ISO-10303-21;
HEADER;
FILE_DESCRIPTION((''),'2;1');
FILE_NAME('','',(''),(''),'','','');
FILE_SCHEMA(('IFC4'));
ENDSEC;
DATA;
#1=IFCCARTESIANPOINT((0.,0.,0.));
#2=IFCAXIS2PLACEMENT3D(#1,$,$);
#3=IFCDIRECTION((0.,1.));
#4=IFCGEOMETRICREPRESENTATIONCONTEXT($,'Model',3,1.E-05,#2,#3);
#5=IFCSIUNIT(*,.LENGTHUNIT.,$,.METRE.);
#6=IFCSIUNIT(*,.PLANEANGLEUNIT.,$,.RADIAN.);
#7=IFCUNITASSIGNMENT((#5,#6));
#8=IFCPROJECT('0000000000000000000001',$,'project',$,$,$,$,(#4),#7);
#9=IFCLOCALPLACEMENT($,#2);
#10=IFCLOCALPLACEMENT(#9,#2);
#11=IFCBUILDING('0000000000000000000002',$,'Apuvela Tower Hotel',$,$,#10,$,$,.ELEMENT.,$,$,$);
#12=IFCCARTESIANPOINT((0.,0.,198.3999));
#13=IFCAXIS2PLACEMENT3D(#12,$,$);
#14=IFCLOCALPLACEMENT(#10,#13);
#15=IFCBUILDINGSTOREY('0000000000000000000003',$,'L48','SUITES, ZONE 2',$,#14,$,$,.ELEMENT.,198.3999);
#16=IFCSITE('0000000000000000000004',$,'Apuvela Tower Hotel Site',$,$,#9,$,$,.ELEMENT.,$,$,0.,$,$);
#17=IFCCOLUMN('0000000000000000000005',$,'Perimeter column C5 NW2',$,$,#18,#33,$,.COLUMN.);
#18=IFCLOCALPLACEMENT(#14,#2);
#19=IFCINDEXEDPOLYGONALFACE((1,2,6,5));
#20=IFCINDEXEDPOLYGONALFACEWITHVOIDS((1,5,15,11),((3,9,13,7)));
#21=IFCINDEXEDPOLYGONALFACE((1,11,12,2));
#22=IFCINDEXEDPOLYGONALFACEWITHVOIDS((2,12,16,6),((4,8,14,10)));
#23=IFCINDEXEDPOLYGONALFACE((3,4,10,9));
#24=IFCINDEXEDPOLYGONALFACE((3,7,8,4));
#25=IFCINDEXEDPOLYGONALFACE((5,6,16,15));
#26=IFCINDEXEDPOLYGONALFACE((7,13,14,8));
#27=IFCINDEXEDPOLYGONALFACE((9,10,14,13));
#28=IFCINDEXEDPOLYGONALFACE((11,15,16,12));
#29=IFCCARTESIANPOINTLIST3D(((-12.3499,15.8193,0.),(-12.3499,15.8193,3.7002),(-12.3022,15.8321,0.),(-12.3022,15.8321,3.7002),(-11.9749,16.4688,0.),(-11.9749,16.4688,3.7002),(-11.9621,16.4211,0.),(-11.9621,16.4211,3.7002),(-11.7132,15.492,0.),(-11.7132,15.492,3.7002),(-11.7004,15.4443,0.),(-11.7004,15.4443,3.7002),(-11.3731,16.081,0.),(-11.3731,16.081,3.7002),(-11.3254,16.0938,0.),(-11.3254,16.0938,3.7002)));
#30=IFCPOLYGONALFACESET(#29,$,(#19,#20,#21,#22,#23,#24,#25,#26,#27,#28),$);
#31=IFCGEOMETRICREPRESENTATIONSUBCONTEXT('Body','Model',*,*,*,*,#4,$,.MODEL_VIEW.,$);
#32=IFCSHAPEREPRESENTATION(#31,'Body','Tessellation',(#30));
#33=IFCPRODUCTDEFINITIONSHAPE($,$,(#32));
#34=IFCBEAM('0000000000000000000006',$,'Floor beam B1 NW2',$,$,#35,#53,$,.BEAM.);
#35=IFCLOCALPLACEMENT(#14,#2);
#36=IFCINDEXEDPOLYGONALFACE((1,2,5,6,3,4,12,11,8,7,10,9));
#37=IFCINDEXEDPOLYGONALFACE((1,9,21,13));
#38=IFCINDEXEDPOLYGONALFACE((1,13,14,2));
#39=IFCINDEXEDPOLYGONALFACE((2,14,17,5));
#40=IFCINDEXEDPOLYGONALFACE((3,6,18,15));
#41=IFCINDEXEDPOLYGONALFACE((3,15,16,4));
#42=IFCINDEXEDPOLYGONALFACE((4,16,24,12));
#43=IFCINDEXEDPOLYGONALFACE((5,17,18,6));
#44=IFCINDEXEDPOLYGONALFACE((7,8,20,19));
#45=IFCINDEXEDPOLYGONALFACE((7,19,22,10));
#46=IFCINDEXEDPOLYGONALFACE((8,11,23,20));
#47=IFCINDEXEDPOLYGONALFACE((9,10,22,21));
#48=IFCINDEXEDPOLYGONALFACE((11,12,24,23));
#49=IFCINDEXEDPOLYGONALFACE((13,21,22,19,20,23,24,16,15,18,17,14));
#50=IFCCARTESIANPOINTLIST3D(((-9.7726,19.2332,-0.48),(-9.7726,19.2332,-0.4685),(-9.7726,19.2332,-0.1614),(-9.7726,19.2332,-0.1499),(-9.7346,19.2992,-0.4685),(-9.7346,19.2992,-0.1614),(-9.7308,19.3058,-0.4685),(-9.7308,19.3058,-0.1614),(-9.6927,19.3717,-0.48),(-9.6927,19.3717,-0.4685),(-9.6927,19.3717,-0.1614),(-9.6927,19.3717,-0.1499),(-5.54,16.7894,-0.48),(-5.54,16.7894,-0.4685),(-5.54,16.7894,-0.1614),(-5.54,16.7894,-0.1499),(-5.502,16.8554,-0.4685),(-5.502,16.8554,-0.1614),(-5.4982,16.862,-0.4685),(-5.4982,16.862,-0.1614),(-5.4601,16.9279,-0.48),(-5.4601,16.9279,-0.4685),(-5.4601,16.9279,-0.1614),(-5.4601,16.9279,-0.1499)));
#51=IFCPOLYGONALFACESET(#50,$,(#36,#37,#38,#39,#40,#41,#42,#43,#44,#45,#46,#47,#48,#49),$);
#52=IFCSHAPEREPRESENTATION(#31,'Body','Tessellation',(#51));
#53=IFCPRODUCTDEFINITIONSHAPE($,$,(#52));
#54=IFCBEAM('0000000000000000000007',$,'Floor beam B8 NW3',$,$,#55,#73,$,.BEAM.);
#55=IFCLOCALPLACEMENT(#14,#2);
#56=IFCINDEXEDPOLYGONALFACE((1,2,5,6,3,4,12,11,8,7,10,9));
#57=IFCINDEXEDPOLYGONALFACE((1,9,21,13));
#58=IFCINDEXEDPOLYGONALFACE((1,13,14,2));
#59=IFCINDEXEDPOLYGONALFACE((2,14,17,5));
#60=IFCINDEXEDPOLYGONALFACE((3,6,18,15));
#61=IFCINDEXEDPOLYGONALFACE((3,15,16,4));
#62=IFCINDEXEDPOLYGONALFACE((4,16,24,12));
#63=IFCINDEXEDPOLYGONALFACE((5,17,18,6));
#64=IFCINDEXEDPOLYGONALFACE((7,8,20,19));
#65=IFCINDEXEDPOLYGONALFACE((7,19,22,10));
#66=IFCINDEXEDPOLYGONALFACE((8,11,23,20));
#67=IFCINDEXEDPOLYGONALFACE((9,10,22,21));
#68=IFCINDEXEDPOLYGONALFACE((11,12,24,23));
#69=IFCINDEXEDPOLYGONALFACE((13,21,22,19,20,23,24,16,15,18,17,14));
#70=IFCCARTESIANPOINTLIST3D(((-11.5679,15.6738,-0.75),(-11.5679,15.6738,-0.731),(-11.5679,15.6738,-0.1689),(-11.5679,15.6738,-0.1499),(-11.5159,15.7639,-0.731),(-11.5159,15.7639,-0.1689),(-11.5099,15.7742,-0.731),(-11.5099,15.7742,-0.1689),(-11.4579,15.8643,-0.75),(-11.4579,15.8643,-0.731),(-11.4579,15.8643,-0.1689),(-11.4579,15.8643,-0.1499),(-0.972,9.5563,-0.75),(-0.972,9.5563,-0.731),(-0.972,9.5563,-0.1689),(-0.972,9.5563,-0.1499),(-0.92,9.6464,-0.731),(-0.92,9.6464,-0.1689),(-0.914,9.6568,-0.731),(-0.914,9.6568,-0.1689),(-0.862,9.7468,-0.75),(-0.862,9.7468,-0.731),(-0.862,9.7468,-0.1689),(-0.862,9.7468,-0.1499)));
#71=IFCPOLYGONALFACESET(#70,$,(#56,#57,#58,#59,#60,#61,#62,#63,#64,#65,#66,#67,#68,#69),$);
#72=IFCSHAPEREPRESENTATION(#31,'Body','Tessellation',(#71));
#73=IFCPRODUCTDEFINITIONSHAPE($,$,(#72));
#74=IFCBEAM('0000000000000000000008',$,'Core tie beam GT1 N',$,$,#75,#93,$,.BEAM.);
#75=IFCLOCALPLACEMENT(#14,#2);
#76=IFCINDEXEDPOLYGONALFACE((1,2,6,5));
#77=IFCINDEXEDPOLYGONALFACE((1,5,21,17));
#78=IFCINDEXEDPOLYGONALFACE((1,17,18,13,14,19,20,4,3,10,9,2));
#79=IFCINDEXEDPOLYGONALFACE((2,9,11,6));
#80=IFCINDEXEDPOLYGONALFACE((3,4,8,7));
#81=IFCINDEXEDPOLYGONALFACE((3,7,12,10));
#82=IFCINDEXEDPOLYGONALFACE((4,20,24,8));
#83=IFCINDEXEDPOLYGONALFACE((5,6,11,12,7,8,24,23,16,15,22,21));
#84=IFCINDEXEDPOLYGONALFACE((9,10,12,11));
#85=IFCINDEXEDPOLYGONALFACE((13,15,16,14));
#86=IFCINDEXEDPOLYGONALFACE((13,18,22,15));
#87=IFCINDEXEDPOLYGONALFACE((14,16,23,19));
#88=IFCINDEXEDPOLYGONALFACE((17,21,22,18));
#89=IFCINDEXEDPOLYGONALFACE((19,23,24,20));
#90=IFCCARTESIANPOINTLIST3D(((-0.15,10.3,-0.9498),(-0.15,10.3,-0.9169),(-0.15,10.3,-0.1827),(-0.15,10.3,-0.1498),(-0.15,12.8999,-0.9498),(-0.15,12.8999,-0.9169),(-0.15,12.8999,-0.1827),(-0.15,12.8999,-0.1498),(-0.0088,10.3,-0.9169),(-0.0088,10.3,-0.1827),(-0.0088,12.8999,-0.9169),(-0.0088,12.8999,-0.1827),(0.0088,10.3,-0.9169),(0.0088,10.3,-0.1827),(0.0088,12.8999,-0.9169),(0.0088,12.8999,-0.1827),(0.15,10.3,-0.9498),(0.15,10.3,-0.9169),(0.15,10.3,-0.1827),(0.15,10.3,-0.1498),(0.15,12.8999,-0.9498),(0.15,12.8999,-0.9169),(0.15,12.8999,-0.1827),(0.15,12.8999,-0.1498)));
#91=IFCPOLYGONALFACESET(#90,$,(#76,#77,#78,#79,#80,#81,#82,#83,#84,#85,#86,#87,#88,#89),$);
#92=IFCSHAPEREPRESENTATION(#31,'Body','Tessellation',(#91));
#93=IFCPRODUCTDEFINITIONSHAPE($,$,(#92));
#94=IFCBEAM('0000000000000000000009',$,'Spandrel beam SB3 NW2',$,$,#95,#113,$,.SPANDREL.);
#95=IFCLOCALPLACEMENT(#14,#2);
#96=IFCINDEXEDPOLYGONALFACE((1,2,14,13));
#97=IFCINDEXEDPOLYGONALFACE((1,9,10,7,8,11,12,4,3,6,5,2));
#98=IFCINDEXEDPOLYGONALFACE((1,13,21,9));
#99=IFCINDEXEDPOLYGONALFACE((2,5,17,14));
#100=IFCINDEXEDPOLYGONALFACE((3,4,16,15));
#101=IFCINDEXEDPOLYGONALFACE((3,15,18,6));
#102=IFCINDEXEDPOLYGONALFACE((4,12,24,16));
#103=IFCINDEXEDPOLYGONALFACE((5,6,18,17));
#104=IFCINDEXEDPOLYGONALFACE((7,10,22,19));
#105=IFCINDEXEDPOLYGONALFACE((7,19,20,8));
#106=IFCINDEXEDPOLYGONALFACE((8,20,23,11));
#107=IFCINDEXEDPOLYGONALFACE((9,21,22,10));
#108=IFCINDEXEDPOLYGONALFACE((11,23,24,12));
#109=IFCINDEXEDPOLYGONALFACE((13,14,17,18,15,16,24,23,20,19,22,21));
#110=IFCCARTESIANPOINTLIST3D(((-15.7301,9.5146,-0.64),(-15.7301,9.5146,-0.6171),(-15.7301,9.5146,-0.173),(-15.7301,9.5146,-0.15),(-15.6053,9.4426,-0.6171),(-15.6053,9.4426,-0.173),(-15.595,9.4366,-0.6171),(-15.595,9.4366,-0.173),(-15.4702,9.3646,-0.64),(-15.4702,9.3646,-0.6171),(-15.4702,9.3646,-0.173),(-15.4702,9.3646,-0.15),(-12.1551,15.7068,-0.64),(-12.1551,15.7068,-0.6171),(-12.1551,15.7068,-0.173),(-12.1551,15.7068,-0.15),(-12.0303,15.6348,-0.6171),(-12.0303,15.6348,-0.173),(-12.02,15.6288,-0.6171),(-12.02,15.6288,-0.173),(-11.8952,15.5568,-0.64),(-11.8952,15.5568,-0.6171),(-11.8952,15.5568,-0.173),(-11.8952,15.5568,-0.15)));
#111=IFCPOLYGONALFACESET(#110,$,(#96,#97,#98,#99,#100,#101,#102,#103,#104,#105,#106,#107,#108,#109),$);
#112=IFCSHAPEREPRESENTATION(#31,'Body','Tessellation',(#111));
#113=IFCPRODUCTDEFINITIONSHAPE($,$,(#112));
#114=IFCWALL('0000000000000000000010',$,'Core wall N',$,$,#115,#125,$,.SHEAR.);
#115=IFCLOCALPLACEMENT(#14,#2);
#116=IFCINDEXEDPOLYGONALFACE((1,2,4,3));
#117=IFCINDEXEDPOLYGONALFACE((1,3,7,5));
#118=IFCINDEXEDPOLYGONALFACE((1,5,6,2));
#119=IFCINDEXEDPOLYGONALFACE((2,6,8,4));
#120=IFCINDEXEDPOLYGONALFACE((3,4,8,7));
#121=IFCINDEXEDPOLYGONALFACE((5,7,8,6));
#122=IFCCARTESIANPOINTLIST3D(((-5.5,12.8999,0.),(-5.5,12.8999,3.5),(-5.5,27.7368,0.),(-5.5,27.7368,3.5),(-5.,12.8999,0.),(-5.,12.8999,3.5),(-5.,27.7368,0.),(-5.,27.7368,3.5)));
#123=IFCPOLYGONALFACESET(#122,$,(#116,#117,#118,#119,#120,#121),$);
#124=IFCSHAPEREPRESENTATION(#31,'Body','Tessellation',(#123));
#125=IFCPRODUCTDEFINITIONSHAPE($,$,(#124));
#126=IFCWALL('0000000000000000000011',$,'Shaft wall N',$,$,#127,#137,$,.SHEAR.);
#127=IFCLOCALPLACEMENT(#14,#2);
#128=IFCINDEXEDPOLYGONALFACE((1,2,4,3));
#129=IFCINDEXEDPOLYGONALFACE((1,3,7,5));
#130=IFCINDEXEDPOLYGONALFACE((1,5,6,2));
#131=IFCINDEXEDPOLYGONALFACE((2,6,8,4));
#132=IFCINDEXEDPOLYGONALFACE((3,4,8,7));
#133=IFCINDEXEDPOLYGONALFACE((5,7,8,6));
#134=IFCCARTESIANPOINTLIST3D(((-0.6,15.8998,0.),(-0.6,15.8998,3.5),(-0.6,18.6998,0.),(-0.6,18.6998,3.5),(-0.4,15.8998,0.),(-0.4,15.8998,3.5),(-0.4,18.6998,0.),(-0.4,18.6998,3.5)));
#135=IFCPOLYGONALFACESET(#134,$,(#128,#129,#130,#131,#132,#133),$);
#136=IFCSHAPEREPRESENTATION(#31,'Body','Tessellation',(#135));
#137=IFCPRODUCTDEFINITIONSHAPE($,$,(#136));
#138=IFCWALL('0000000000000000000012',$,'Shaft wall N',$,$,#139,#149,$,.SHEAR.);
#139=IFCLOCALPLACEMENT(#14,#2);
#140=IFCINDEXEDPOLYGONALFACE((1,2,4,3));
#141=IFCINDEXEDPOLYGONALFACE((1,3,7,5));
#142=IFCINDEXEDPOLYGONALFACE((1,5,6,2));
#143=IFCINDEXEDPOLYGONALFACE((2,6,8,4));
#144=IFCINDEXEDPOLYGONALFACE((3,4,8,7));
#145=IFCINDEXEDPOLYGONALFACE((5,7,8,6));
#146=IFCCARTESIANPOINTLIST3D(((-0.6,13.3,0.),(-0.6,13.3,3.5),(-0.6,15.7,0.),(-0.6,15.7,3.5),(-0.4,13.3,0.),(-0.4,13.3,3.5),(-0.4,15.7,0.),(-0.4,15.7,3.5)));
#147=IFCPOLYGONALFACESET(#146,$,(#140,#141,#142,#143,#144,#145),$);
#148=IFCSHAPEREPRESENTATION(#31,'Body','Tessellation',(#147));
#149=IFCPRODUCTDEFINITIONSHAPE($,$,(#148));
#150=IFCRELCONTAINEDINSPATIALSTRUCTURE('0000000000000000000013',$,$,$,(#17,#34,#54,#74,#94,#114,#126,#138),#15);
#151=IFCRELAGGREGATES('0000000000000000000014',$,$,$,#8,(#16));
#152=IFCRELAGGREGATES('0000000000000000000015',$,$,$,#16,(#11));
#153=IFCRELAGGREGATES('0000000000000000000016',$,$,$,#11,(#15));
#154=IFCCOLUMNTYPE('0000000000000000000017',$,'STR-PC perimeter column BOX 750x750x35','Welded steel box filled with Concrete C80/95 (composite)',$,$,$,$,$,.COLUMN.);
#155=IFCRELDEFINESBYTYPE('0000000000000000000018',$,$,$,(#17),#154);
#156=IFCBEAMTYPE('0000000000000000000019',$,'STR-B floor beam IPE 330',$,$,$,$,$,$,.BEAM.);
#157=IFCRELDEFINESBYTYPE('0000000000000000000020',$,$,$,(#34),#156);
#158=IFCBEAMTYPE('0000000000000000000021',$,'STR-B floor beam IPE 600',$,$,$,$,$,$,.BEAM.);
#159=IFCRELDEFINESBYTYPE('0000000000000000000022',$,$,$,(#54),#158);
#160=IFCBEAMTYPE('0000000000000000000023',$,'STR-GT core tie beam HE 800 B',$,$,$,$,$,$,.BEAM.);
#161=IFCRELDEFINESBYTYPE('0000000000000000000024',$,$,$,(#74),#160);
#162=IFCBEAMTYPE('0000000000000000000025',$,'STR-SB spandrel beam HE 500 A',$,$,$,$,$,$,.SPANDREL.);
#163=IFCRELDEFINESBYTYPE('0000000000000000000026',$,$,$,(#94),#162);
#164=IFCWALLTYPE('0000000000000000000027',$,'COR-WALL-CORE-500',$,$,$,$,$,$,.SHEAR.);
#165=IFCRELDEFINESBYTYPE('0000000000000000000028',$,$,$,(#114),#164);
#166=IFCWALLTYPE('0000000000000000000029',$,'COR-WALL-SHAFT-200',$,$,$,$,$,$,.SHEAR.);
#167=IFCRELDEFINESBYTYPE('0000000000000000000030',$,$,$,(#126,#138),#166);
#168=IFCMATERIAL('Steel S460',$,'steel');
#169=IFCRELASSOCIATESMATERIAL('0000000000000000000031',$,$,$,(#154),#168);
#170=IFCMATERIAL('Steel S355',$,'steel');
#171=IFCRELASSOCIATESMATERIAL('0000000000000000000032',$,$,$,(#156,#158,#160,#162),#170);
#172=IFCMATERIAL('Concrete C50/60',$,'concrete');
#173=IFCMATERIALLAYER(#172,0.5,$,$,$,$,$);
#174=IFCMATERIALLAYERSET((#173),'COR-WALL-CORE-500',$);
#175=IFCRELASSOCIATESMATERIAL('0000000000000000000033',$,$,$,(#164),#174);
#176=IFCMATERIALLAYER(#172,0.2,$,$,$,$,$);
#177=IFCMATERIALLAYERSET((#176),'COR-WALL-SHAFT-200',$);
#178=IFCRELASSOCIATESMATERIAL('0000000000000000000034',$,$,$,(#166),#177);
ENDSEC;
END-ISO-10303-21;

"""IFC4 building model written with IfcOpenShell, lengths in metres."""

from ifc_helpers import new_model, si_unit, direction, frame, frame_2d, origin, origin_2d, place, context, subcontext, project, spatial, rectangle, hollow_rectangle, i_section, extrude, material, layer, layer_set, material_profile, profile_set, type_object, element, save


model = new_model("IFC4")

# Units and contexts
model_context = context("Model", 3, precision=1e-05, world=origin(), true_north=direction((0.0, 1.0)))
body_context = subcontext(model_context, "Body", "Model", "MODEL_VIEW")
ifc_project = project(units=[si_unit("LENGTHUNIT", "METRE"), si_unit("PLANEANGLEUNIT", "RADIAN")], contexts=[model_context])

# Site, building, storey
site_placement = place(None, origin())
site = spatial("IfcSite", under=ifc_project, at=site_placement, Name="Apuvela Tower Hotel Site", CompositionType="ELEMENT", RefElevation=0.0)
building_placement = place(site_placement, origin())
building = spatial("IfcBuilding", under=site, at=building_placement, Name="Apuvela Tower Hotel", CompositionType="ELEMENT")
storey_placement = place(building_placement, frame((0.0, 0.0, 198.3999)))
storey = spatial("IfcBuildingStorey", under=building, at=storey_placement, Name="L48", Description="SUITES, ZONE 2", CompositionType="ELEMENT", Elevation=198.3999)

# Column
ifc_material_1 = material(Name="Steel S460", Category="steel")
ifc_material_profile_1 = material_profile(ifc_material_1, hollow_rectangle(XDim=0.75, YDim=0.75, WallThickness=0.0349, at=origin_2d()), Name="BOX 750x750x35")
ifc_material_2 = material(Name="Concrete C80/95", Category="concrete")
ifc_material_profile_2 = material_profile(ifc_material_2, rectangle(XDim=0.6799, YDim=0.6799, at=origin_2d()), Name="Concrete C80/95 infill")
ifc_profile_set_1 = profile_set([ifc_material_profile_1, ifc_material_profile_2], Name="Steel S460")
column_type = type_object("IfcColumnType", Name="STR-PC perimeter column BOX 750x750x35", Description="Welded steel box filled with Concrete C80/95 (composite)", PredefinedType="COLUMN", material=ifc_profile_set_1)
column_placement = place(storey_placement, frame((-11.8376, 15.9565, 0.0), z_axis=(0.0, 0.0, 1.0), x_axis=(0.5, 0.866025, 0.0)))
element("IfcColumn", 1, at=column_placement, inside=storey, type_object=column_type, Name="Perimeter column C5 NW2", PredefinedType="COLUMN", context=body_context, shape_type="SweptSolid", body=[
    extrude(hollow_rectangle(XDim=0.75, YDim=0.75, WallThickness=0.0349, at=origin_2d()), origin(), (0.0, 0.0, 1.0), 3.7002),
])

# Beams
ifc_material_3 = material(Name="Steel S355", Category="steel")
ifc_material_profile_3 = material_profile(ifc_material_3, i_section(OverallWidth=0.1599, OverallDepth=0.3301, WebThickness=0.0076, FlangeThickness=0.0115, at=origin_2d()), Name="IPE 330")
ifc_profile_set_2 = profile_set([ifc_material_profile_3], Name="Steel S355")
beam_type_1 = type_object("IfcBeamType", Name="STR-B floor beam IPE 330", PredefinedType="BEAM", material=ifc_profile_set_2)
beam_1_placement = place(storey_placement, frame((-9.7327, 19.3025, -0.3149), z_axis=(0.866015, -0.500018, 0.0), x_axis=(0.500018, 0.866015, 0.0)))
element("IfcBeam", 2, at=beam_1_placement, inside=storey, type_object=beam_type_1, Name="Floor beam B1 NW2", PredefinedType="BEAM", context=body_context, shape_type="SweptSolid", body=[
    extrude(i_section(OverallWidth=0.1599, OverallDepth=0.3301, WebThickness=0.0076, FlangeThickness=0.0115, at=origin_2d()), origin(), (0.0, 0.0, 1.0), 4.8875),
])
ifc_material_profile_4 = material_profile(ifc_material_3, i_section(OverallWidth=0.22, OverallDepth=0.6001, WebThickness=0.012, FlangeThickness=0.019, at=origin_2d()), Name="IPE 600")
ifc_profile_set_3 = profile_set([ifc_material_profile_4], Name="Steel S355")
beam_type_2 = type_object("IfcBeamType", Name="STR-B floor beam IPE 600", PredefinedType="BEAM", material=ifc_profile_set_3)
beam_2_placement = place(storey_placement, frame((-11.5129, 15.769, -0.45), z_axis=(0.86603, -0.499991, 0.0), x_axis=(0.499991, 0.86603, 0.0)))
element("IfcBeam", 3, at=beam_2_placement, inside=storey, type_object=beam_type_2, Name="Floor beam B8 NW3", PredefinedType="BEAM", context=body_context, shape_type="SweptSolid", body=[
    extrude(i_section(OverallWidth=0.22, OverallDepth=0.6001, WebThickness=0.012, FlangeThickness=0.019, at=origin_2d()), origin(), (0.0, 0.0, 1.0), 12.2351),
])
ifc_material_profile_5 = material_profile(ifc_material_3, i_section(OverallWidth=0.3, OverallDepth=0.8, WebThickness=0.0176, FlangeThickness=0.033, at=origin_2d()), Name="HE 800 B")
ifc_profile_set_4 = profile_set([ifc_material_profile_5], Name="Steel S355")
beam_type_3 = type_object("IfcBeamType", Name="STR-GT core tie beam HE 800 B", PredefinedType="BEAM", material=ifc_profile_set_4)
beam_3_placement = place(storey_placement, frame((0.0, 12.8999, -0.5498), z_axis=(0.0, -1.0, 0.0), x_axis=(1.0, 0.0, 0.0)))
element("IfcBeam", 4, at=beam_3_placement, inside=storey, type_object=beam_type_3, Name="Core tie beam GT1 N", PredefinedType="BEAM", context=body_context, shape_type="SweptSolid", body=[
    extrude(i_section(OverallWidth=0.3, OverallDepth=0.8, WebThickness=0.0176, FlangeThickness=0.033, at=origin_2d()), origin(), (0.0, 0.0, 1.0), 2.5999),
])
ifc_material_profile_6 = material_profile(ifc_material_3, i_section(OverallWidth=0.3, OverallDepth=0.49, WebThickness=0.012, FlangeThickness=0.0229, at=origin_2d()), Name="HE 500 A")
ifc_profile_set_5 = profile_set([ifc_material_profile_6], Name="Steel S355")
beam_type_4 = type_object("IfcBeamType", Name="STR-SB spandrel beam HE 500 A", PredefinedType="SPANDREL", material=ifc_profile_set_5)
beam_4_placement = place(storey_placement, frame((-12.0251, 15.6318, -0.395), z_axis=(-0.499991, -0.86603, 0.0), x_axis=(0.86603, -0.499991, 0.0)))
element("IfcBeam", 5, at=beam_4_placement, inside=storey, type_object=beam_type_4, Name="Spandrel beam SB3 NW2", PredefinedType="SPANDREL", context=body_context, shape_type="SweptSolid", body=[
    extrude(i_section(OverallWidth=0.3, OverallDepth=0.49, WebThickness=0.012, FlangeThickness=0.0229, at=origin_2d()), origin(), (0.0, 0.0, 1.0), 7.1501),
])

# Walls
ifc_material_4 = material(Name="Concrete C50/60", Category="concrete")
ifc_layer_1 = layer(ifc_material_4, 0.5)
ifc_layer_set_1 = layer_set([ifc_layer_1], Name="COR-WALL-CORE-500")
wall_type_1 = type_object("IfcWallType", Name="COR-WALL-CORE-500", PredefinedType="SHEAR", material=ifc_layer_set_1)
wall_1_placement = place(storey_placement, frame((-5.25, 12.8999, 0.0), z_axis=(0.0, 0.0, 1.0), x_axis=(0.0, 1.0, 0.0)))
element("IfcWall", 6, at=wall_1_placement, inside=storey, type_object=wall_type_1, Name="Core wall N", PredefinedType="SHEAR", context=body_context, shape_type="SweptSolid", body=[
    extrude(rectangle(XDim=14.8369, YDim=0.5, at=frame_2d((7.4185, 0.0))), origin(), (0.0, 0.0, 1.0), 3.5),
])
ifc_layer_2 = layer(ifc_material_4, 0.2)
ifc_layer_set_2 = layer_set([ifc_layer_2], Name="COR-WALL-SHAFT-200")
wall_type_2 = type_object("IfcWallType", Name="COR-WALL-SHAFT-200", PredefinedType="SHEAR", material=ifc_layer_set_2)
wall_2_placement = place(storey_placement, frame((-0.5, 15.8999, 0.0), z_axis=(0.0, 0.0, 1.0), x_axis=(0.0, 1.0, 0.0)))
element("IfcWall", 7, at=wall_2_placement, inside=storey, type_object=wall_type_2, Name="Shaft wall N", PredefinedType="SHEAR", context=body_context, shape_type="SweptSolid", body=[
    extrude(rectangle(XDim=2.8, YDim=0.2, at=frame_2d((1.3999, 0.0))), origin(), (0.0, 0.0, 1.0), 3.5),
])
wall_3_placement = place(storey_placement, frame((-0.5, 13.3, 0.0), z_axis=(0.0, 0.0, 1.0), x_axis=(0.0, 1.0, 0.0)))
element("IfcWall", 8, at=wall_3_placement, inside=storey, type_object=wall_type_2, Name="Shaft wall N", PredefinedType="SHEAR", context=body_context, shape_type="SweptSolid", body=[
    extrude(rectangle(XDim=2.3999, YDim=0.2, at=frame_2d((1.2, 0.0))), origin(), (0.0, 0.0, 1.0), 3.5),
])

save(model, "model.ifc")
